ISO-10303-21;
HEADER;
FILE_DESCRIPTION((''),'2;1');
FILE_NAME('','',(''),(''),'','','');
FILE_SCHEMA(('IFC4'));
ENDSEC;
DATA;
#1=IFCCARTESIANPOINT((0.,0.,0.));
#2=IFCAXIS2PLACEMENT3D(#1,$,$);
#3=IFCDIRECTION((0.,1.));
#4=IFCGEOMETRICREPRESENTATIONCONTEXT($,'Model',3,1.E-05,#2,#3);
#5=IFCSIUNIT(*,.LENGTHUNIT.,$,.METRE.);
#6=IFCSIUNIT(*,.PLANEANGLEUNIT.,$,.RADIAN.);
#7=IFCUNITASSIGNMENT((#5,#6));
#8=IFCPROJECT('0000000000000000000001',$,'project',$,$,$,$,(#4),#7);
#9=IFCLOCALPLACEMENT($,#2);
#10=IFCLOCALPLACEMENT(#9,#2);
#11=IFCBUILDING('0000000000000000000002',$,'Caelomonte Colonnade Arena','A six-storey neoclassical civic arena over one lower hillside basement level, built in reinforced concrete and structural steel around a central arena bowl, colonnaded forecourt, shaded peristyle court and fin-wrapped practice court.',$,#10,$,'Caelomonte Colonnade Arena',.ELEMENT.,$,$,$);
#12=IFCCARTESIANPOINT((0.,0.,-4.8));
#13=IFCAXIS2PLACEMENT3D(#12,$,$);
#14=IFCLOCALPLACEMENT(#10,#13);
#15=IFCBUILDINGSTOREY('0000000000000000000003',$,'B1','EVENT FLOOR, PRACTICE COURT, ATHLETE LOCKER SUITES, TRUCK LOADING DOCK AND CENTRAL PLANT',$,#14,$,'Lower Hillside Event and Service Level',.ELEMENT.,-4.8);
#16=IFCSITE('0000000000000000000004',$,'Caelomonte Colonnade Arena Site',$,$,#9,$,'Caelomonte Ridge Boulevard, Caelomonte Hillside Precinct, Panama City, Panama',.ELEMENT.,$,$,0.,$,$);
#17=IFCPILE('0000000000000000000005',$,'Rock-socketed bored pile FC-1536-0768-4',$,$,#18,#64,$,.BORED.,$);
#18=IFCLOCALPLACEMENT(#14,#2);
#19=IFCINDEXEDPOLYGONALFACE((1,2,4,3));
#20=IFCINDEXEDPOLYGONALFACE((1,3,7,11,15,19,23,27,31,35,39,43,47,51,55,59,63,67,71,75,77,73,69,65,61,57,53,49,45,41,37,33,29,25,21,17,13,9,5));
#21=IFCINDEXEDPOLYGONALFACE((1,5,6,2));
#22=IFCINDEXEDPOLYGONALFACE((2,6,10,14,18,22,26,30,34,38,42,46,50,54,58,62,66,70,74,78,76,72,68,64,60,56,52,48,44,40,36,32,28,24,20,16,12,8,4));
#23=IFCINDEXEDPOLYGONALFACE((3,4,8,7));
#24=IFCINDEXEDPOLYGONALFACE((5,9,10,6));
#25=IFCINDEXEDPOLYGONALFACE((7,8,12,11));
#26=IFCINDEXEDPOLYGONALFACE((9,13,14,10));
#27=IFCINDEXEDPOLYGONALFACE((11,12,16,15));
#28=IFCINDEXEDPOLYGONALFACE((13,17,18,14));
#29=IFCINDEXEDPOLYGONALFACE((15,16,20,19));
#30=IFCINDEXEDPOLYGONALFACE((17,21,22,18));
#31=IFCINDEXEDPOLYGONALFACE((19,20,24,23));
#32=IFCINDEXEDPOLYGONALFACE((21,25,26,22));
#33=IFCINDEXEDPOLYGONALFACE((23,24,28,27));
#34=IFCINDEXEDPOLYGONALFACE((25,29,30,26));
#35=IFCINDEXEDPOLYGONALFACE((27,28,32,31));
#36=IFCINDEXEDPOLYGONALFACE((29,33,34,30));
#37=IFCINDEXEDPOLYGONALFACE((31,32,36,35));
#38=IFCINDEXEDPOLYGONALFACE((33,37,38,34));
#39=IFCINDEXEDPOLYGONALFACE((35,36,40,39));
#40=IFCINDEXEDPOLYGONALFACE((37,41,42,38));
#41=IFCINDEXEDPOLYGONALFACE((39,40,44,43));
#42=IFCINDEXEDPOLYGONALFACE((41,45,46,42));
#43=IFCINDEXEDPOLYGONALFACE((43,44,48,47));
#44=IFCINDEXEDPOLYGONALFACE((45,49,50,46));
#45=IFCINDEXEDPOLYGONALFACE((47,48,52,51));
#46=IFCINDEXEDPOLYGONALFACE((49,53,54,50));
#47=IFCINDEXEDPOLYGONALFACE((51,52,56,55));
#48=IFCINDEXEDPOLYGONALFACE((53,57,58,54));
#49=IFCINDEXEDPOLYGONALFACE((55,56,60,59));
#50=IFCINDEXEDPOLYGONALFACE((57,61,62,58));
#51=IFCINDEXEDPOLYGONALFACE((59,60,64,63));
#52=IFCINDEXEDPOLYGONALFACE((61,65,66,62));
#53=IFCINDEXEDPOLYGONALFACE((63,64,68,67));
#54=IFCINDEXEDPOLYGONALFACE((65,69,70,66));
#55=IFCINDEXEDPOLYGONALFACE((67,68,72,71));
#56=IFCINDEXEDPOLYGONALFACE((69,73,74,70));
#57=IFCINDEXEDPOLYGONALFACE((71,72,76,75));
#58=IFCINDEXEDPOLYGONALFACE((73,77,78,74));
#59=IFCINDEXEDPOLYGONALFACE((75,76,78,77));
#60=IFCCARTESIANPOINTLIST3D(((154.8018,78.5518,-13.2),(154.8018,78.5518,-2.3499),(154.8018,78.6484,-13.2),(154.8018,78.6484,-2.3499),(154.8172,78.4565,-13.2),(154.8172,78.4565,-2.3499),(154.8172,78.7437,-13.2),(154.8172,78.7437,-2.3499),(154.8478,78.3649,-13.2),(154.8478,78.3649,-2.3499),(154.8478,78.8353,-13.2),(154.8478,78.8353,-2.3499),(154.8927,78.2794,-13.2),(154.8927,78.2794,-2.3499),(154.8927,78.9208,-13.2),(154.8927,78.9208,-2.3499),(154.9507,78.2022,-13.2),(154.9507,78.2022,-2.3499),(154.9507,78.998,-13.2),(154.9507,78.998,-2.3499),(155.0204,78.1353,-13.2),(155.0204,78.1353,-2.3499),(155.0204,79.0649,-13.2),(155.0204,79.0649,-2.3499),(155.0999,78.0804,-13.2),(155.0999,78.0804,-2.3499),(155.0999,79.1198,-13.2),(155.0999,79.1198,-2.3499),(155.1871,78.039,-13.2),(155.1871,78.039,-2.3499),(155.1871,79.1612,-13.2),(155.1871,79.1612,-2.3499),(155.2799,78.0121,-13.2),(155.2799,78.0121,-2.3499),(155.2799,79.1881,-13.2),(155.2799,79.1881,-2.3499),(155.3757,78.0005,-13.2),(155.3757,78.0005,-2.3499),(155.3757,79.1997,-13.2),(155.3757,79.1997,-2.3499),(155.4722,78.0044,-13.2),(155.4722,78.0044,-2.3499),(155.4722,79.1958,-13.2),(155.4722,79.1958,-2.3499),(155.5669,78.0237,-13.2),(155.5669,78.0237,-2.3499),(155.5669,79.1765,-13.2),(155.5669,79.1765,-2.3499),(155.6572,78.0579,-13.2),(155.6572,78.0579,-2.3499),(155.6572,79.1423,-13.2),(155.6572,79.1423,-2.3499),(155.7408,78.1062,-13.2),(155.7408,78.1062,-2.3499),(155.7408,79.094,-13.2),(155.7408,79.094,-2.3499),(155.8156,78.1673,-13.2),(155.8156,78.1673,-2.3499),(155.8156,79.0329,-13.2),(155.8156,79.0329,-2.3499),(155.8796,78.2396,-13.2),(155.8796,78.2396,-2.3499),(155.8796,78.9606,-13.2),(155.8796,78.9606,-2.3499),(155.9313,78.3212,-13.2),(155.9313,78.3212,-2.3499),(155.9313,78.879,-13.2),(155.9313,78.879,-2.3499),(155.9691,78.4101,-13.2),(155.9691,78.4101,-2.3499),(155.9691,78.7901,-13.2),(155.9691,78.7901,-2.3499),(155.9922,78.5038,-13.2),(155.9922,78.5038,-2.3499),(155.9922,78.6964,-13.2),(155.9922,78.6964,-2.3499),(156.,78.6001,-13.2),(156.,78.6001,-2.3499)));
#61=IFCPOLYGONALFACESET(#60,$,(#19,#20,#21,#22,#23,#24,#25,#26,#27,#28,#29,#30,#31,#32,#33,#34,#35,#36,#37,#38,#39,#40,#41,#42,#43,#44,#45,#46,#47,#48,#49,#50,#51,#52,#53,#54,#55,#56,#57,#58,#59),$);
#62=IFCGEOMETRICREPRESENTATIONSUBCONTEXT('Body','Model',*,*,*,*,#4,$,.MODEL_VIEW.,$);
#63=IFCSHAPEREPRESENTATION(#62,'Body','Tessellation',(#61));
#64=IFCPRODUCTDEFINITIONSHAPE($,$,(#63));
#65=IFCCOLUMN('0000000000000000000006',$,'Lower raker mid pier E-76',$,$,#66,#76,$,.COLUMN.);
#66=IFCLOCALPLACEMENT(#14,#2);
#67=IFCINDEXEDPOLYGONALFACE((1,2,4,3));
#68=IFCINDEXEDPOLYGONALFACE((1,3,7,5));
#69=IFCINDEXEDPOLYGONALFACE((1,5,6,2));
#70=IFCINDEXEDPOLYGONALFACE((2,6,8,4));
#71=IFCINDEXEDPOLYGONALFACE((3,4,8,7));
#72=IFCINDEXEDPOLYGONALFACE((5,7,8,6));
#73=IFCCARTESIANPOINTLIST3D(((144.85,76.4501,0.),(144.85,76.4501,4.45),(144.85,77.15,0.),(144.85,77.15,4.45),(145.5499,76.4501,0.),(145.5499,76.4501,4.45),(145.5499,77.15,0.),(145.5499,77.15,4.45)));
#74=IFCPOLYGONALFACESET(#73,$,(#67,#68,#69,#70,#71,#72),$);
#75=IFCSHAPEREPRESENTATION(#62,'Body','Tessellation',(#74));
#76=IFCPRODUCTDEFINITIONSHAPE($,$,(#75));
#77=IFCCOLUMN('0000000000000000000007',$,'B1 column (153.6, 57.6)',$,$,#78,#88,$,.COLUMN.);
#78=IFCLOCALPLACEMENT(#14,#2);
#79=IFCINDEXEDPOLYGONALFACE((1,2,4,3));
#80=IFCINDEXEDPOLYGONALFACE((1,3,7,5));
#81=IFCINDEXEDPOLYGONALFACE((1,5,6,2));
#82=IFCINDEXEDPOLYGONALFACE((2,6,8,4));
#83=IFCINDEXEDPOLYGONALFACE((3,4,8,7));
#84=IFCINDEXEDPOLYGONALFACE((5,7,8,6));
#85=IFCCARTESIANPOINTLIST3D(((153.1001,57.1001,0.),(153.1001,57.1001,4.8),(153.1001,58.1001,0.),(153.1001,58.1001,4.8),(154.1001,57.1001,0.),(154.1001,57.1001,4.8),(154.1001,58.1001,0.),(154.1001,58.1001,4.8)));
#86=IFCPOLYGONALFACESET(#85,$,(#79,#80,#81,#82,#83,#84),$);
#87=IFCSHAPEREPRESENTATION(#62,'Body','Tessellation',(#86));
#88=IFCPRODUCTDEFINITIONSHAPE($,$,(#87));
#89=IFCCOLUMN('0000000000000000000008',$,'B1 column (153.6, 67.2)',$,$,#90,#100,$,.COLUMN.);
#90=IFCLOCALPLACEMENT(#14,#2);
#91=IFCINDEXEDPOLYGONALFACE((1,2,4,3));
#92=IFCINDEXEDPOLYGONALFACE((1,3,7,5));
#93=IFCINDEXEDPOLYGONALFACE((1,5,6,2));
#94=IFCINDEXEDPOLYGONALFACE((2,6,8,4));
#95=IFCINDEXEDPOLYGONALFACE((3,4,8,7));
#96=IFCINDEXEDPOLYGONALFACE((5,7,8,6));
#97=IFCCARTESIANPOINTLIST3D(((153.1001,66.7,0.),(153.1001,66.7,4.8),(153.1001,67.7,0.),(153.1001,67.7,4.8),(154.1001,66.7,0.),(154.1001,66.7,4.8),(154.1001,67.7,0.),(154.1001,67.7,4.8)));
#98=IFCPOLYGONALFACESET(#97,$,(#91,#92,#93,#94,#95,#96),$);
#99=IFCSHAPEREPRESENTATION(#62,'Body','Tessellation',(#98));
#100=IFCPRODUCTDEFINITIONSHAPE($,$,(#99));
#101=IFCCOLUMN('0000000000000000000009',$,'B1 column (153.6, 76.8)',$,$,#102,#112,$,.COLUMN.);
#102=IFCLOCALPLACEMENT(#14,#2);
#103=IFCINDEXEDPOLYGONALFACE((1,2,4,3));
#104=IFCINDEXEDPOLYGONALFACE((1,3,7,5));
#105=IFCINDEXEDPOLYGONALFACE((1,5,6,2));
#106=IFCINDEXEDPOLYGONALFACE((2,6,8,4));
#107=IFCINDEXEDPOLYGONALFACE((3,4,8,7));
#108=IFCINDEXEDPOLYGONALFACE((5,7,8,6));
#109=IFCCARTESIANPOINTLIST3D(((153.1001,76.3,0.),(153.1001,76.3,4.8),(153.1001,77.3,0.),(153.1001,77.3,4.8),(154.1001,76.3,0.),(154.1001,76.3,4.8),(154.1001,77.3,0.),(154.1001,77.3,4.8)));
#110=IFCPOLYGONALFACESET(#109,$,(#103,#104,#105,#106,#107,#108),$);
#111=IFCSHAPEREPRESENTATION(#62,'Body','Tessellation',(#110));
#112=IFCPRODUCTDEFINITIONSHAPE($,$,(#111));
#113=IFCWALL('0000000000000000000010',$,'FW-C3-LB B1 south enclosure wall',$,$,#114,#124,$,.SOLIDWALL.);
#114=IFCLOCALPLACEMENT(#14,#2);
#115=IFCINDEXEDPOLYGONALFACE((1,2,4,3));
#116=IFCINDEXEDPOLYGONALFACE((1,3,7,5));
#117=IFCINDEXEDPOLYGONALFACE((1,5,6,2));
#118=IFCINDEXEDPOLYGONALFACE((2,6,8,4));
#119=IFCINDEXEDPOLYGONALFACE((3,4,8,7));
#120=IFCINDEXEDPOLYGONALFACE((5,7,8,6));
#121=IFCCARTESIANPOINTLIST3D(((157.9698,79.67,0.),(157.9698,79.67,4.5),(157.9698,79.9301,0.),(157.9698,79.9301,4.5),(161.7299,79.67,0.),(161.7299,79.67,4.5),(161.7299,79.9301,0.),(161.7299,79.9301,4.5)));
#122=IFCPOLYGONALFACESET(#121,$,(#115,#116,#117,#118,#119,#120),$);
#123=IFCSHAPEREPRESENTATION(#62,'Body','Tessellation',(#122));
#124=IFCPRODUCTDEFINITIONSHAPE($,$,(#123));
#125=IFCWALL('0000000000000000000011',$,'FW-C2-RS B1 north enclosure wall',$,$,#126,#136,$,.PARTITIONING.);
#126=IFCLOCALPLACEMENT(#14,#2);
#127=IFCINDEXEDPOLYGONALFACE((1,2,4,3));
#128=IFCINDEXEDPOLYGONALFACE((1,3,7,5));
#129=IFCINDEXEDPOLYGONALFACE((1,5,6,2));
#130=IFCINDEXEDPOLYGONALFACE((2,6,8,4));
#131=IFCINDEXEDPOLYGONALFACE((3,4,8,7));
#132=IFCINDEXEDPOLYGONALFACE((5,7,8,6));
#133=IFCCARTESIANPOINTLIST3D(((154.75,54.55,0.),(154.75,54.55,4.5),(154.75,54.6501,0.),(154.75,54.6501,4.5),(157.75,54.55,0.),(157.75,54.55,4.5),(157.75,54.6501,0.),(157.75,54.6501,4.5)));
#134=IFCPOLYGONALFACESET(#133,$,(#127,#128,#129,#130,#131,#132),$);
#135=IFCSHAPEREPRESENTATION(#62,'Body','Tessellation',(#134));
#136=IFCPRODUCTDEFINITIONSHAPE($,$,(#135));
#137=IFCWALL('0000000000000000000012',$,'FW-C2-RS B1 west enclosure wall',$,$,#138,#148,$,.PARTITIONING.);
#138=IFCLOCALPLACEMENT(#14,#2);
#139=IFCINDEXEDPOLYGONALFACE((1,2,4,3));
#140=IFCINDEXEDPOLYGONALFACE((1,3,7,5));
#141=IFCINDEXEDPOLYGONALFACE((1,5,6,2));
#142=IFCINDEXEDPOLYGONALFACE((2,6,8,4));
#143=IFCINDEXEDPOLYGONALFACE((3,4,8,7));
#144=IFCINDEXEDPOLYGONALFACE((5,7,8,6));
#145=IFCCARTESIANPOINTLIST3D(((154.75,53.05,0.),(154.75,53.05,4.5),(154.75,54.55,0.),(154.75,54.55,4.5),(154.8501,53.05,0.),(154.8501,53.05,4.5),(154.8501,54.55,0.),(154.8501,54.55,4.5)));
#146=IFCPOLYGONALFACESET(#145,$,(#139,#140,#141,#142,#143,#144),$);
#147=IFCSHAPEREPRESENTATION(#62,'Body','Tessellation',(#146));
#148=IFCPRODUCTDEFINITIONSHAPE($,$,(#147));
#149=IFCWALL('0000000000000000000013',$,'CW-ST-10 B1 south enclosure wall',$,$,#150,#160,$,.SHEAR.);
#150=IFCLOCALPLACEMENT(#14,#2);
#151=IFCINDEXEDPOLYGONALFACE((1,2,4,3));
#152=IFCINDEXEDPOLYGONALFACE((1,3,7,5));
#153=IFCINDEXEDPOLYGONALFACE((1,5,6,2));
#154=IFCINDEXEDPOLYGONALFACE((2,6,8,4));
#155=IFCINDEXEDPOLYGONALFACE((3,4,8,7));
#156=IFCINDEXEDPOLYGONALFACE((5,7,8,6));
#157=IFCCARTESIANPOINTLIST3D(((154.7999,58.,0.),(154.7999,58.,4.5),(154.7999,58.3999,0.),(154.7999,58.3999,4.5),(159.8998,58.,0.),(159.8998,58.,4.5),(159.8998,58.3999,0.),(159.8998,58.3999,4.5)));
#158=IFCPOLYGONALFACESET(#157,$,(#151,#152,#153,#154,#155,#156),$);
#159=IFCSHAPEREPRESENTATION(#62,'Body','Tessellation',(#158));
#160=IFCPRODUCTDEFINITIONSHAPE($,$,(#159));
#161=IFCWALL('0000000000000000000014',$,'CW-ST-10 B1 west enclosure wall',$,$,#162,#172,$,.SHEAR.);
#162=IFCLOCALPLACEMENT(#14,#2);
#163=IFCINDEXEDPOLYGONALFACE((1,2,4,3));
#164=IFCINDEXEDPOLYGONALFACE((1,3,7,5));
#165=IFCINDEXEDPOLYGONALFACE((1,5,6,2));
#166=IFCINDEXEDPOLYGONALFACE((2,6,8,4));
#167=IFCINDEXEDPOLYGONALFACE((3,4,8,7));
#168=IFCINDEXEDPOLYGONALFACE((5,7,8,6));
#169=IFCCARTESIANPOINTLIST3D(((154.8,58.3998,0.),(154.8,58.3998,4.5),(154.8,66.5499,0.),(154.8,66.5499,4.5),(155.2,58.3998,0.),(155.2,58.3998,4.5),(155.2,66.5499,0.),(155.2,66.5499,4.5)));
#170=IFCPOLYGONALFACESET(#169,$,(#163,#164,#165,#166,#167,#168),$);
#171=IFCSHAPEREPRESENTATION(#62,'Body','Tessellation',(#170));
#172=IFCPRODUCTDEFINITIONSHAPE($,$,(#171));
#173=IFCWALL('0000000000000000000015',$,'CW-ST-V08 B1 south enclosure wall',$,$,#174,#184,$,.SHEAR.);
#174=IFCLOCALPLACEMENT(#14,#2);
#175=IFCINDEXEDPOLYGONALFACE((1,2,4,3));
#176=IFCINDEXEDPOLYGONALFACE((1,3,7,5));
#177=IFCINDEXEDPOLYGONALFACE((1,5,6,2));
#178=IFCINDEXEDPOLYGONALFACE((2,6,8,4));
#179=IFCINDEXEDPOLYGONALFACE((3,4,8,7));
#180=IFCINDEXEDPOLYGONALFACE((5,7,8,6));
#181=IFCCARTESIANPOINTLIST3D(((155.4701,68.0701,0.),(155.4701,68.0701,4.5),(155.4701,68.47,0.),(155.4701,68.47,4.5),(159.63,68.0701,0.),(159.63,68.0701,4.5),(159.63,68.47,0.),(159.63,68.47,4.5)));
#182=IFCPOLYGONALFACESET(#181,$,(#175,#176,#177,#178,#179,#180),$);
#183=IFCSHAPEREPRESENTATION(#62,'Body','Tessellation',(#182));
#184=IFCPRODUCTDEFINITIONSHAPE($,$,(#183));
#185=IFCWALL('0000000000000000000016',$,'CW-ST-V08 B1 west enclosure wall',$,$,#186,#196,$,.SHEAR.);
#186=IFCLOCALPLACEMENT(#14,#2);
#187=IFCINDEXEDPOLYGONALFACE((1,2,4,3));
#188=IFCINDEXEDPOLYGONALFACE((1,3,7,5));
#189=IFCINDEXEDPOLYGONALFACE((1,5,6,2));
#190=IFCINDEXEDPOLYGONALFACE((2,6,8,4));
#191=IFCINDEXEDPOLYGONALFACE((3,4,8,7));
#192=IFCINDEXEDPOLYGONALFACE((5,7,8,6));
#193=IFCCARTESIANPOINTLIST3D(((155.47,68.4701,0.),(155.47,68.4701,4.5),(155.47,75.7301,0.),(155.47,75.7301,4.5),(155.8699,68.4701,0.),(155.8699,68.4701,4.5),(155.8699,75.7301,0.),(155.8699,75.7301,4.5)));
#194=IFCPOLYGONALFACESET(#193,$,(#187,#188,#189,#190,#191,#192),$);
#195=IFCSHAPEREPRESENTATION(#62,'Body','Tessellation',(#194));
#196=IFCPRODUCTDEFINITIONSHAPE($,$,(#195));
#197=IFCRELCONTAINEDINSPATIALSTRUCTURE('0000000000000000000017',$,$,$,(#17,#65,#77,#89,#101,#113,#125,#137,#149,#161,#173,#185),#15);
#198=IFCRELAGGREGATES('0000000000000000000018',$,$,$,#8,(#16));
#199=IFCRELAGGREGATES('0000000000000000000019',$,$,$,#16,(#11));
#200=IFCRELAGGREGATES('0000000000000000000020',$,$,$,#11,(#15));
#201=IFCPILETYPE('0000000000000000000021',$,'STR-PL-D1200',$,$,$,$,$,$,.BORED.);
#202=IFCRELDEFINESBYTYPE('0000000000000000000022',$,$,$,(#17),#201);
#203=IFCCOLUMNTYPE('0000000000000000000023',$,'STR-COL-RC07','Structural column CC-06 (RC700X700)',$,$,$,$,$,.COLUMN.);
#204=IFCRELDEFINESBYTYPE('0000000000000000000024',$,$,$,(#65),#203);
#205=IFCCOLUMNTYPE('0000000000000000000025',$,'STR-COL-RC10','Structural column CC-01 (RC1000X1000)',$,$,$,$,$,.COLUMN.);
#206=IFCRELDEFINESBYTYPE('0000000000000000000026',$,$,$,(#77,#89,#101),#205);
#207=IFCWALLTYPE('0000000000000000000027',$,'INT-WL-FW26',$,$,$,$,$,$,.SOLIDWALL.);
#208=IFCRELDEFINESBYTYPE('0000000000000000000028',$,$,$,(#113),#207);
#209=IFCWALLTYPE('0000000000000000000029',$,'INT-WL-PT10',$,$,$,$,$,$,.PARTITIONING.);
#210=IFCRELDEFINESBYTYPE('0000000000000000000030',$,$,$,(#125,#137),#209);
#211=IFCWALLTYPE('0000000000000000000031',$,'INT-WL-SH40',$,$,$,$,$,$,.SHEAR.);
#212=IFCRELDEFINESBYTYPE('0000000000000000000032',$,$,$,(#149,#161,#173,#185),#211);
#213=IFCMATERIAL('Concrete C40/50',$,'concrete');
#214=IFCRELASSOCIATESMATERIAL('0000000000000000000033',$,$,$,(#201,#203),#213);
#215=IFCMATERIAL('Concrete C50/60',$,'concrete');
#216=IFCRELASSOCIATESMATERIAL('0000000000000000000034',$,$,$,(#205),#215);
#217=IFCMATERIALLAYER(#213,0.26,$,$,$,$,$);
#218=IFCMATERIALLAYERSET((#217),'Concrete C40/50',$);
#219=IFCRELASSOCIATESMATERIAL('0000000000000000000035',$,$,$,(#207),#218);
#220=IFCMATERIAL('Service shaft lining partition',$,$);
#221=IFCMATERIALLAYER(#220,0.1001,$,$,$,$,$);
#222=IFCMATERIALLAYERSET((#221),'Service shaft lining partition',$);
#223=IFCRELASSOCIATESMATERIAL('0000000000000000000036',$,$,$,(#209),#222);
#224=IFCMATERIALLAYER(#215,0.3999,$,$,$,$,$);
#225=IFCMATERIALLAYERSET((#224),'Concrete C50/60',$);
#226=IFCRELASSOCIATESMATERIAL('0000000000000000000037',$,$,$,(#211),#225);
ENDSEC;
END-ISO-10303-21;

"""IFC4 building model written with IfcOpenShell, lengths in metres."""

from ifc_helpers import new_model, si_unit, direction, frame, frame_2d, origin, origin_2d, place, context, subcontext, project, spatial, rectangle, circle, extrude, material, layer, layer_set, material_profile, profile_set, type_object, element, save


model = new_model("IFC4")

# Units and contexts
model_context = context("Model", 3, precision=1e-05, world=origin(), true_north=direction((0.0, 1.0)))
body_context = subcontext(model_context, "Body", "Model", "MODEL_VIEW")
ifc_project = project(units=[si_unit("LENGTHUNIT", "METRE"), si_unit("PLANEANGLEUNIT", "RADIAN")], contexts=[model_context])

# Site, building, storey
site_placement = place(None, origin())
site = spatial("IfcSite", under=ifc_project, at=site_placement, Name="Caelomonte Colonnade Arena Site", LongName="Caelomonte Ridge Boulevard, Caelomonte Hillside Precinct, Panama City, Panama", CompositionType="ELEMENT", RefElevation=0.0)
building_placement = place(site_placement, origin())
building = spatial("IfcBuilding", under=site, at=building_placement, Name="Caelomonte Colonnade Arena", Description="A six-storey neoclassical civic arena over one lower hillside basement level, built in reinforced concrete and structural steel around a central arena bowl, colonnaded forecourt, shaded peristyle court and fin-wrapped practice court.", LongName="Caelomonte Colonnade Arena", CompositionType="ELEMENT")
storey_placement = place(building_placement, frame((0.0, 0.0, -4.8)))
storey = spatial("IfcBuildingStorey", under=building, at=storey_placement, Name="B1", Description="EVENT FLOOR, PRACTICE COURT, ATHLETE LOCKER SUITES, TRUCK LOADING DOCK AND CENTRAL PLANT", LongName="Lower Hillside Event and Service Level", CompositionType="ELEMENT", Elevation=-4.8)

# Shared definitions
ifc_material_1 = material(Name="Concrete C40/50", Category="concrete")

# Pile
ifc_material_profile_1 = material_profile(ifc_material_1, circle(Radius=0.6001, at=origin_2d()), Name="PILE-D1200")
ifc_profile_set_1 = profile_set([ifc_material_profile_1], Name="Concrete C40/50")
pile_type_1 = type_object("IfcPileType", Name="STR-PL-D1200", PredefinedType="BORED", material=ifc_profile_set_1)
for number, where, z_axis, x_axis, name in (
    (1, (155.3999, 78.6001, -2.3499), (0.0, 0.0, -1.0), (1.0, 0.0, 0.0), "Rock-socketed bored pile FC-1536-0768-4"),
):
    element("IfcPile", number, at=place(storey_placement, frame(where, z_axis=z_axis, x_axis=x_axis)), inside=storey, type_object=pile_type_1, Name=name, PredefinedType="BORED", context=body_context, shape_type="SweptSolid", body=[
        extrude(circle(Radius=0.6001, at=origin_2d()), origin(), (0.0, 0.0, 1.0), 10.8501),
    ])

# Columns
ifc_material_profile_2 = material_profile(ifc_material_1, rectangle(XDim=0.7, YDim=0.7, at=origin_2d()), Name="RC700X700")
ifc_profile_set_2 = profile_set([ifc_material_profile_2], Name="Concrete C40/50")
column_type_1 = type_object("IfcColumnType", Name="STR-COL-RC07", Description="Structural column CC-06 (RC700X700)", PredefinedType="COLUMN", material=ifc_profile_set_2)
column_placement = place(storey_placement, frame((145.2, 76.8, 0.0), z_axis=(0.0, 0.0, 1.0), x_axis=(1.0, 0.0, 0.0)))
element("IfcColumn", 2, at=column_placement, inside=storey, type_object=column_type_1, Name="Lower raker mid pier E-76", PredefinedType="COLUMN", context=body_context, shape_type="SweptSolid", body=[
    extrude(rectangle(XDim=0.7, YDim=0.7, at=origin_2d()), origin(), (0.0, 0.0, 1.0), 4.45),
])
ifc_material_2 = material(Name="Concrete C50/60", Category="concrete")
ifc_material_profile_3 = material_profile(ifc_material_2, rectangle(XDim=1.0, YDim=1.0, at=origin_2d()), Name="RC1000X1000")
ifc_profile_set_3 = profile_set([ifc_material_profile_3], Name="Concrete C50/60")
column_type_2 = type_object("IfcColumnType", Name="STR-COL-RC10", Description="Structural column CC-01 (RC1000X1000)", PredefinedType="COLUMN", material=ifc_profile_set_3)
for number, where, z_axis, x_axis, name in (
    (3, (153.6001, 57.6001, 0.0), (0.0, 0.0, 1.0), (1.0, 0.0, 0.0), "B1 column (153.6, 57.6)"),
    (4, (153.6001, 67.2, 0.0), (0.0, 0.0, 1.0), (1.0, 0.0, 0.0), "B1 column (153.6, 67.2)"),
    (5, (153.6001, 76.8, 0.0), (0.0, 0.0, 1.0), (1.0, 0.0, 0.0), "B1 column (153.6, 76.8)"),
):
    element("IfcColumn", number, at=place(storey_placement, frame(where, z_axis=z_axis, x_axis=x_axis)), inside=storey, type_object=column_type_2, Name=name, PredefinedType="COLUMN", context=body_context, shape_type="SweptSolid", body=[
        extrude(rectangle(XDim=1.0, YDim=1.0, at=origin_2d()), origin(), (0.0, 0.0, 1.0), 4.8),
    ])

# Walls
ifc_layer_1 = layer(ifc_material_1, 0.26)
ifc_layer_set_1 = layer_set([ifc_layer_1], Name="Concrete C40/50")
wall_type_1 = type_object("IfcWallType", Name="INT-WL-FW26", PredefinedType="SOLIDWALL", material=ifc_layer_set_1)
wall_1_placement = place(storey_placement, frame((157.97, 79.8, 0.0), z_axis=(0.0, 0.0, 1.0), x_axis=(1.0, 0.0, 0.0)))
element("IfcWall", 6, at=wall_1_placement, inside=storey, type_object=wall_type_1, Name="FW-C3-LB B1 south enclosure wall", PredefinedType="SOLIDWALL", context=body_context, shape_type="SweptSolid", body=[
    extrude(rectangle(XDim=3.76, YDim=0.26, at=frame_2d((1.8799, 0.0))), origin(), (0.0, 0.0, 1.0), 4.5),
])
ifc_material_3 = material(Name="Service shaft lining partition")
ifc_layer_2 = layer(ifc_material_3, 0.1001)
ifc_layer_set_2 = layer_set([ifc_layer_2], Name="Service shaft lining partition")
wall_type_2 = type_object("IfcWallType", Name="INT-WL-PT10", PredefinedType="PARTITIONING", material=ifc_layer_set_2)
wall_2_placement = place(storey_placement, frame((157.75, 54.6001, 0.0), z_axis=(0.0, 0.0, 1.0), x_axis=(-1.0, 0.0, 0.0)))
element("IfcWall", 7, at=wall_2_placement, inside=storey, type_object=wall_type_2, Name="FW-C2-RS B1 north enclosure wall", PredefinedType="PARTITIONING", context=body_context, shape_type="SweptSolid", body=[
    extrude(rectangle(XDim=3.0, YDim=0.1001, at=frame_2d((1.5, 0.0))), origin(), (0.0, 0.0, 1.0), 4.5),
])
wall_3_placement = place(storey_placement, frame((154.8, 54.55, 0.0), z_axis=(0.0, 0.0, 1.0), x_axis=(0.0, -1.0, 0.0)))
element("IfcWall", 8, at=wall_3_placement, inside=storey, type_object=wall_type_2, Name="FW-C2-RS B1 west enclosure wall", PredefinedType="PARTITIONING", context=body_context, shape_type="SweptSolid", body=[
    extrude(rectangle(XDim=1.5, YDim=0.1001, at=frame_2d((0.75, 0.0))), origin(), (0.0, 0.0, 1.0), 4.5),
])
ifc_layer_3 = layer(ifc_material_2, 0.3999)
ifc_layer_set_3 = layer_set([ifc_layer_3], Name="Concrete C50/60")
wall_type_3 = type_object("IfcWallType", Name="INT-WL-SH40", PredefinedType="SHEAR", material=ifc_layer_set_3)
wall_4_placement = place(storey_placement, frame((154.8, 58.2, 0.0), z_axis=(0.0, 0.0, 1.0), x_axis=(1.0, 0.0, 0.0)))
element("IfcWall", 9, at=wall_4_placement, inside=storey, type_object=wall_type_3, Name="CW-ST-10 B1 south enclosure wall", PredefinedType="SHEAR", context=body_context, shape_type="SweptSolid", body=[
    extrude(rectangle(XDim=5.0999, YDim=0.3999, at=frame_2d((2.5498, 0.0))), origin(), (0.0, 0.0, 1.0), 4.5),
])
wall_5_placement = place(storey_placement, frame((155.0, 66.55, 0.0), z_axis=(0.0, 0.0, 1.0), x_axis=(0.0, -1.0, 0.0)))
element("IfcWall", 10, at=wall_5_placement, inside=storey, type_object=wall_type_3, Name="CW-ST-10 B1 west enclosure wall", PredefinedType="SHEAR", context=body_context, shape_type="SweptSolid", body=[
    extrude(rectangle(XDim=8.1501, YDim=0.3999, at=frame_2d((4.0752, 0.0))), origin(), (0.0, 0.0, 1.0), 4.5),
])
wall_6_placement = place(storey_placement, frame((155.47, 68.27, 0.0), z_axis=(0.0, 0.0, 1.0), x_axis=(1.0, 0.0, 0.0)))
element("IfcWall", 11, at=wall_6_placement, inside=storey, type_object=wall_type_3, Name="CW-ST-V08 B1 south enclosure wall", PredefinedType="SHEAR", context=body_context, shape_type="SweptSolid", body=[
    extrude(rectangle(XDim=4.1599, YDim=0.3999, at=frame_2d((2.0801, 0.0))), origin(), (0.0, 0.0, 1.0), 4.5),
])
wall_7_placement = place(storey_placement, frame((155.6699, 75.73, 0.0), z_axis=(0.0, 0.0, 1.0), x_axis=(0.0, -1.0, 0.0)))
element("IfcWall", 12, at=wall_7_placement, inside=storey, type_object=wall_type_3, Name="CW-ST-V08 B1 west enclosure wall", PredefinedType="SHEAR", context=body_context, shape_type="SweptSolid", body=[
    extrude(rectangle(XDim=7.26, YDim=0.3999, at=frame_2d((3.6299, 0.0))), origin(), (0.0, 0.0, 1.0), 4.5),
])

save(model, "model.ifc")
